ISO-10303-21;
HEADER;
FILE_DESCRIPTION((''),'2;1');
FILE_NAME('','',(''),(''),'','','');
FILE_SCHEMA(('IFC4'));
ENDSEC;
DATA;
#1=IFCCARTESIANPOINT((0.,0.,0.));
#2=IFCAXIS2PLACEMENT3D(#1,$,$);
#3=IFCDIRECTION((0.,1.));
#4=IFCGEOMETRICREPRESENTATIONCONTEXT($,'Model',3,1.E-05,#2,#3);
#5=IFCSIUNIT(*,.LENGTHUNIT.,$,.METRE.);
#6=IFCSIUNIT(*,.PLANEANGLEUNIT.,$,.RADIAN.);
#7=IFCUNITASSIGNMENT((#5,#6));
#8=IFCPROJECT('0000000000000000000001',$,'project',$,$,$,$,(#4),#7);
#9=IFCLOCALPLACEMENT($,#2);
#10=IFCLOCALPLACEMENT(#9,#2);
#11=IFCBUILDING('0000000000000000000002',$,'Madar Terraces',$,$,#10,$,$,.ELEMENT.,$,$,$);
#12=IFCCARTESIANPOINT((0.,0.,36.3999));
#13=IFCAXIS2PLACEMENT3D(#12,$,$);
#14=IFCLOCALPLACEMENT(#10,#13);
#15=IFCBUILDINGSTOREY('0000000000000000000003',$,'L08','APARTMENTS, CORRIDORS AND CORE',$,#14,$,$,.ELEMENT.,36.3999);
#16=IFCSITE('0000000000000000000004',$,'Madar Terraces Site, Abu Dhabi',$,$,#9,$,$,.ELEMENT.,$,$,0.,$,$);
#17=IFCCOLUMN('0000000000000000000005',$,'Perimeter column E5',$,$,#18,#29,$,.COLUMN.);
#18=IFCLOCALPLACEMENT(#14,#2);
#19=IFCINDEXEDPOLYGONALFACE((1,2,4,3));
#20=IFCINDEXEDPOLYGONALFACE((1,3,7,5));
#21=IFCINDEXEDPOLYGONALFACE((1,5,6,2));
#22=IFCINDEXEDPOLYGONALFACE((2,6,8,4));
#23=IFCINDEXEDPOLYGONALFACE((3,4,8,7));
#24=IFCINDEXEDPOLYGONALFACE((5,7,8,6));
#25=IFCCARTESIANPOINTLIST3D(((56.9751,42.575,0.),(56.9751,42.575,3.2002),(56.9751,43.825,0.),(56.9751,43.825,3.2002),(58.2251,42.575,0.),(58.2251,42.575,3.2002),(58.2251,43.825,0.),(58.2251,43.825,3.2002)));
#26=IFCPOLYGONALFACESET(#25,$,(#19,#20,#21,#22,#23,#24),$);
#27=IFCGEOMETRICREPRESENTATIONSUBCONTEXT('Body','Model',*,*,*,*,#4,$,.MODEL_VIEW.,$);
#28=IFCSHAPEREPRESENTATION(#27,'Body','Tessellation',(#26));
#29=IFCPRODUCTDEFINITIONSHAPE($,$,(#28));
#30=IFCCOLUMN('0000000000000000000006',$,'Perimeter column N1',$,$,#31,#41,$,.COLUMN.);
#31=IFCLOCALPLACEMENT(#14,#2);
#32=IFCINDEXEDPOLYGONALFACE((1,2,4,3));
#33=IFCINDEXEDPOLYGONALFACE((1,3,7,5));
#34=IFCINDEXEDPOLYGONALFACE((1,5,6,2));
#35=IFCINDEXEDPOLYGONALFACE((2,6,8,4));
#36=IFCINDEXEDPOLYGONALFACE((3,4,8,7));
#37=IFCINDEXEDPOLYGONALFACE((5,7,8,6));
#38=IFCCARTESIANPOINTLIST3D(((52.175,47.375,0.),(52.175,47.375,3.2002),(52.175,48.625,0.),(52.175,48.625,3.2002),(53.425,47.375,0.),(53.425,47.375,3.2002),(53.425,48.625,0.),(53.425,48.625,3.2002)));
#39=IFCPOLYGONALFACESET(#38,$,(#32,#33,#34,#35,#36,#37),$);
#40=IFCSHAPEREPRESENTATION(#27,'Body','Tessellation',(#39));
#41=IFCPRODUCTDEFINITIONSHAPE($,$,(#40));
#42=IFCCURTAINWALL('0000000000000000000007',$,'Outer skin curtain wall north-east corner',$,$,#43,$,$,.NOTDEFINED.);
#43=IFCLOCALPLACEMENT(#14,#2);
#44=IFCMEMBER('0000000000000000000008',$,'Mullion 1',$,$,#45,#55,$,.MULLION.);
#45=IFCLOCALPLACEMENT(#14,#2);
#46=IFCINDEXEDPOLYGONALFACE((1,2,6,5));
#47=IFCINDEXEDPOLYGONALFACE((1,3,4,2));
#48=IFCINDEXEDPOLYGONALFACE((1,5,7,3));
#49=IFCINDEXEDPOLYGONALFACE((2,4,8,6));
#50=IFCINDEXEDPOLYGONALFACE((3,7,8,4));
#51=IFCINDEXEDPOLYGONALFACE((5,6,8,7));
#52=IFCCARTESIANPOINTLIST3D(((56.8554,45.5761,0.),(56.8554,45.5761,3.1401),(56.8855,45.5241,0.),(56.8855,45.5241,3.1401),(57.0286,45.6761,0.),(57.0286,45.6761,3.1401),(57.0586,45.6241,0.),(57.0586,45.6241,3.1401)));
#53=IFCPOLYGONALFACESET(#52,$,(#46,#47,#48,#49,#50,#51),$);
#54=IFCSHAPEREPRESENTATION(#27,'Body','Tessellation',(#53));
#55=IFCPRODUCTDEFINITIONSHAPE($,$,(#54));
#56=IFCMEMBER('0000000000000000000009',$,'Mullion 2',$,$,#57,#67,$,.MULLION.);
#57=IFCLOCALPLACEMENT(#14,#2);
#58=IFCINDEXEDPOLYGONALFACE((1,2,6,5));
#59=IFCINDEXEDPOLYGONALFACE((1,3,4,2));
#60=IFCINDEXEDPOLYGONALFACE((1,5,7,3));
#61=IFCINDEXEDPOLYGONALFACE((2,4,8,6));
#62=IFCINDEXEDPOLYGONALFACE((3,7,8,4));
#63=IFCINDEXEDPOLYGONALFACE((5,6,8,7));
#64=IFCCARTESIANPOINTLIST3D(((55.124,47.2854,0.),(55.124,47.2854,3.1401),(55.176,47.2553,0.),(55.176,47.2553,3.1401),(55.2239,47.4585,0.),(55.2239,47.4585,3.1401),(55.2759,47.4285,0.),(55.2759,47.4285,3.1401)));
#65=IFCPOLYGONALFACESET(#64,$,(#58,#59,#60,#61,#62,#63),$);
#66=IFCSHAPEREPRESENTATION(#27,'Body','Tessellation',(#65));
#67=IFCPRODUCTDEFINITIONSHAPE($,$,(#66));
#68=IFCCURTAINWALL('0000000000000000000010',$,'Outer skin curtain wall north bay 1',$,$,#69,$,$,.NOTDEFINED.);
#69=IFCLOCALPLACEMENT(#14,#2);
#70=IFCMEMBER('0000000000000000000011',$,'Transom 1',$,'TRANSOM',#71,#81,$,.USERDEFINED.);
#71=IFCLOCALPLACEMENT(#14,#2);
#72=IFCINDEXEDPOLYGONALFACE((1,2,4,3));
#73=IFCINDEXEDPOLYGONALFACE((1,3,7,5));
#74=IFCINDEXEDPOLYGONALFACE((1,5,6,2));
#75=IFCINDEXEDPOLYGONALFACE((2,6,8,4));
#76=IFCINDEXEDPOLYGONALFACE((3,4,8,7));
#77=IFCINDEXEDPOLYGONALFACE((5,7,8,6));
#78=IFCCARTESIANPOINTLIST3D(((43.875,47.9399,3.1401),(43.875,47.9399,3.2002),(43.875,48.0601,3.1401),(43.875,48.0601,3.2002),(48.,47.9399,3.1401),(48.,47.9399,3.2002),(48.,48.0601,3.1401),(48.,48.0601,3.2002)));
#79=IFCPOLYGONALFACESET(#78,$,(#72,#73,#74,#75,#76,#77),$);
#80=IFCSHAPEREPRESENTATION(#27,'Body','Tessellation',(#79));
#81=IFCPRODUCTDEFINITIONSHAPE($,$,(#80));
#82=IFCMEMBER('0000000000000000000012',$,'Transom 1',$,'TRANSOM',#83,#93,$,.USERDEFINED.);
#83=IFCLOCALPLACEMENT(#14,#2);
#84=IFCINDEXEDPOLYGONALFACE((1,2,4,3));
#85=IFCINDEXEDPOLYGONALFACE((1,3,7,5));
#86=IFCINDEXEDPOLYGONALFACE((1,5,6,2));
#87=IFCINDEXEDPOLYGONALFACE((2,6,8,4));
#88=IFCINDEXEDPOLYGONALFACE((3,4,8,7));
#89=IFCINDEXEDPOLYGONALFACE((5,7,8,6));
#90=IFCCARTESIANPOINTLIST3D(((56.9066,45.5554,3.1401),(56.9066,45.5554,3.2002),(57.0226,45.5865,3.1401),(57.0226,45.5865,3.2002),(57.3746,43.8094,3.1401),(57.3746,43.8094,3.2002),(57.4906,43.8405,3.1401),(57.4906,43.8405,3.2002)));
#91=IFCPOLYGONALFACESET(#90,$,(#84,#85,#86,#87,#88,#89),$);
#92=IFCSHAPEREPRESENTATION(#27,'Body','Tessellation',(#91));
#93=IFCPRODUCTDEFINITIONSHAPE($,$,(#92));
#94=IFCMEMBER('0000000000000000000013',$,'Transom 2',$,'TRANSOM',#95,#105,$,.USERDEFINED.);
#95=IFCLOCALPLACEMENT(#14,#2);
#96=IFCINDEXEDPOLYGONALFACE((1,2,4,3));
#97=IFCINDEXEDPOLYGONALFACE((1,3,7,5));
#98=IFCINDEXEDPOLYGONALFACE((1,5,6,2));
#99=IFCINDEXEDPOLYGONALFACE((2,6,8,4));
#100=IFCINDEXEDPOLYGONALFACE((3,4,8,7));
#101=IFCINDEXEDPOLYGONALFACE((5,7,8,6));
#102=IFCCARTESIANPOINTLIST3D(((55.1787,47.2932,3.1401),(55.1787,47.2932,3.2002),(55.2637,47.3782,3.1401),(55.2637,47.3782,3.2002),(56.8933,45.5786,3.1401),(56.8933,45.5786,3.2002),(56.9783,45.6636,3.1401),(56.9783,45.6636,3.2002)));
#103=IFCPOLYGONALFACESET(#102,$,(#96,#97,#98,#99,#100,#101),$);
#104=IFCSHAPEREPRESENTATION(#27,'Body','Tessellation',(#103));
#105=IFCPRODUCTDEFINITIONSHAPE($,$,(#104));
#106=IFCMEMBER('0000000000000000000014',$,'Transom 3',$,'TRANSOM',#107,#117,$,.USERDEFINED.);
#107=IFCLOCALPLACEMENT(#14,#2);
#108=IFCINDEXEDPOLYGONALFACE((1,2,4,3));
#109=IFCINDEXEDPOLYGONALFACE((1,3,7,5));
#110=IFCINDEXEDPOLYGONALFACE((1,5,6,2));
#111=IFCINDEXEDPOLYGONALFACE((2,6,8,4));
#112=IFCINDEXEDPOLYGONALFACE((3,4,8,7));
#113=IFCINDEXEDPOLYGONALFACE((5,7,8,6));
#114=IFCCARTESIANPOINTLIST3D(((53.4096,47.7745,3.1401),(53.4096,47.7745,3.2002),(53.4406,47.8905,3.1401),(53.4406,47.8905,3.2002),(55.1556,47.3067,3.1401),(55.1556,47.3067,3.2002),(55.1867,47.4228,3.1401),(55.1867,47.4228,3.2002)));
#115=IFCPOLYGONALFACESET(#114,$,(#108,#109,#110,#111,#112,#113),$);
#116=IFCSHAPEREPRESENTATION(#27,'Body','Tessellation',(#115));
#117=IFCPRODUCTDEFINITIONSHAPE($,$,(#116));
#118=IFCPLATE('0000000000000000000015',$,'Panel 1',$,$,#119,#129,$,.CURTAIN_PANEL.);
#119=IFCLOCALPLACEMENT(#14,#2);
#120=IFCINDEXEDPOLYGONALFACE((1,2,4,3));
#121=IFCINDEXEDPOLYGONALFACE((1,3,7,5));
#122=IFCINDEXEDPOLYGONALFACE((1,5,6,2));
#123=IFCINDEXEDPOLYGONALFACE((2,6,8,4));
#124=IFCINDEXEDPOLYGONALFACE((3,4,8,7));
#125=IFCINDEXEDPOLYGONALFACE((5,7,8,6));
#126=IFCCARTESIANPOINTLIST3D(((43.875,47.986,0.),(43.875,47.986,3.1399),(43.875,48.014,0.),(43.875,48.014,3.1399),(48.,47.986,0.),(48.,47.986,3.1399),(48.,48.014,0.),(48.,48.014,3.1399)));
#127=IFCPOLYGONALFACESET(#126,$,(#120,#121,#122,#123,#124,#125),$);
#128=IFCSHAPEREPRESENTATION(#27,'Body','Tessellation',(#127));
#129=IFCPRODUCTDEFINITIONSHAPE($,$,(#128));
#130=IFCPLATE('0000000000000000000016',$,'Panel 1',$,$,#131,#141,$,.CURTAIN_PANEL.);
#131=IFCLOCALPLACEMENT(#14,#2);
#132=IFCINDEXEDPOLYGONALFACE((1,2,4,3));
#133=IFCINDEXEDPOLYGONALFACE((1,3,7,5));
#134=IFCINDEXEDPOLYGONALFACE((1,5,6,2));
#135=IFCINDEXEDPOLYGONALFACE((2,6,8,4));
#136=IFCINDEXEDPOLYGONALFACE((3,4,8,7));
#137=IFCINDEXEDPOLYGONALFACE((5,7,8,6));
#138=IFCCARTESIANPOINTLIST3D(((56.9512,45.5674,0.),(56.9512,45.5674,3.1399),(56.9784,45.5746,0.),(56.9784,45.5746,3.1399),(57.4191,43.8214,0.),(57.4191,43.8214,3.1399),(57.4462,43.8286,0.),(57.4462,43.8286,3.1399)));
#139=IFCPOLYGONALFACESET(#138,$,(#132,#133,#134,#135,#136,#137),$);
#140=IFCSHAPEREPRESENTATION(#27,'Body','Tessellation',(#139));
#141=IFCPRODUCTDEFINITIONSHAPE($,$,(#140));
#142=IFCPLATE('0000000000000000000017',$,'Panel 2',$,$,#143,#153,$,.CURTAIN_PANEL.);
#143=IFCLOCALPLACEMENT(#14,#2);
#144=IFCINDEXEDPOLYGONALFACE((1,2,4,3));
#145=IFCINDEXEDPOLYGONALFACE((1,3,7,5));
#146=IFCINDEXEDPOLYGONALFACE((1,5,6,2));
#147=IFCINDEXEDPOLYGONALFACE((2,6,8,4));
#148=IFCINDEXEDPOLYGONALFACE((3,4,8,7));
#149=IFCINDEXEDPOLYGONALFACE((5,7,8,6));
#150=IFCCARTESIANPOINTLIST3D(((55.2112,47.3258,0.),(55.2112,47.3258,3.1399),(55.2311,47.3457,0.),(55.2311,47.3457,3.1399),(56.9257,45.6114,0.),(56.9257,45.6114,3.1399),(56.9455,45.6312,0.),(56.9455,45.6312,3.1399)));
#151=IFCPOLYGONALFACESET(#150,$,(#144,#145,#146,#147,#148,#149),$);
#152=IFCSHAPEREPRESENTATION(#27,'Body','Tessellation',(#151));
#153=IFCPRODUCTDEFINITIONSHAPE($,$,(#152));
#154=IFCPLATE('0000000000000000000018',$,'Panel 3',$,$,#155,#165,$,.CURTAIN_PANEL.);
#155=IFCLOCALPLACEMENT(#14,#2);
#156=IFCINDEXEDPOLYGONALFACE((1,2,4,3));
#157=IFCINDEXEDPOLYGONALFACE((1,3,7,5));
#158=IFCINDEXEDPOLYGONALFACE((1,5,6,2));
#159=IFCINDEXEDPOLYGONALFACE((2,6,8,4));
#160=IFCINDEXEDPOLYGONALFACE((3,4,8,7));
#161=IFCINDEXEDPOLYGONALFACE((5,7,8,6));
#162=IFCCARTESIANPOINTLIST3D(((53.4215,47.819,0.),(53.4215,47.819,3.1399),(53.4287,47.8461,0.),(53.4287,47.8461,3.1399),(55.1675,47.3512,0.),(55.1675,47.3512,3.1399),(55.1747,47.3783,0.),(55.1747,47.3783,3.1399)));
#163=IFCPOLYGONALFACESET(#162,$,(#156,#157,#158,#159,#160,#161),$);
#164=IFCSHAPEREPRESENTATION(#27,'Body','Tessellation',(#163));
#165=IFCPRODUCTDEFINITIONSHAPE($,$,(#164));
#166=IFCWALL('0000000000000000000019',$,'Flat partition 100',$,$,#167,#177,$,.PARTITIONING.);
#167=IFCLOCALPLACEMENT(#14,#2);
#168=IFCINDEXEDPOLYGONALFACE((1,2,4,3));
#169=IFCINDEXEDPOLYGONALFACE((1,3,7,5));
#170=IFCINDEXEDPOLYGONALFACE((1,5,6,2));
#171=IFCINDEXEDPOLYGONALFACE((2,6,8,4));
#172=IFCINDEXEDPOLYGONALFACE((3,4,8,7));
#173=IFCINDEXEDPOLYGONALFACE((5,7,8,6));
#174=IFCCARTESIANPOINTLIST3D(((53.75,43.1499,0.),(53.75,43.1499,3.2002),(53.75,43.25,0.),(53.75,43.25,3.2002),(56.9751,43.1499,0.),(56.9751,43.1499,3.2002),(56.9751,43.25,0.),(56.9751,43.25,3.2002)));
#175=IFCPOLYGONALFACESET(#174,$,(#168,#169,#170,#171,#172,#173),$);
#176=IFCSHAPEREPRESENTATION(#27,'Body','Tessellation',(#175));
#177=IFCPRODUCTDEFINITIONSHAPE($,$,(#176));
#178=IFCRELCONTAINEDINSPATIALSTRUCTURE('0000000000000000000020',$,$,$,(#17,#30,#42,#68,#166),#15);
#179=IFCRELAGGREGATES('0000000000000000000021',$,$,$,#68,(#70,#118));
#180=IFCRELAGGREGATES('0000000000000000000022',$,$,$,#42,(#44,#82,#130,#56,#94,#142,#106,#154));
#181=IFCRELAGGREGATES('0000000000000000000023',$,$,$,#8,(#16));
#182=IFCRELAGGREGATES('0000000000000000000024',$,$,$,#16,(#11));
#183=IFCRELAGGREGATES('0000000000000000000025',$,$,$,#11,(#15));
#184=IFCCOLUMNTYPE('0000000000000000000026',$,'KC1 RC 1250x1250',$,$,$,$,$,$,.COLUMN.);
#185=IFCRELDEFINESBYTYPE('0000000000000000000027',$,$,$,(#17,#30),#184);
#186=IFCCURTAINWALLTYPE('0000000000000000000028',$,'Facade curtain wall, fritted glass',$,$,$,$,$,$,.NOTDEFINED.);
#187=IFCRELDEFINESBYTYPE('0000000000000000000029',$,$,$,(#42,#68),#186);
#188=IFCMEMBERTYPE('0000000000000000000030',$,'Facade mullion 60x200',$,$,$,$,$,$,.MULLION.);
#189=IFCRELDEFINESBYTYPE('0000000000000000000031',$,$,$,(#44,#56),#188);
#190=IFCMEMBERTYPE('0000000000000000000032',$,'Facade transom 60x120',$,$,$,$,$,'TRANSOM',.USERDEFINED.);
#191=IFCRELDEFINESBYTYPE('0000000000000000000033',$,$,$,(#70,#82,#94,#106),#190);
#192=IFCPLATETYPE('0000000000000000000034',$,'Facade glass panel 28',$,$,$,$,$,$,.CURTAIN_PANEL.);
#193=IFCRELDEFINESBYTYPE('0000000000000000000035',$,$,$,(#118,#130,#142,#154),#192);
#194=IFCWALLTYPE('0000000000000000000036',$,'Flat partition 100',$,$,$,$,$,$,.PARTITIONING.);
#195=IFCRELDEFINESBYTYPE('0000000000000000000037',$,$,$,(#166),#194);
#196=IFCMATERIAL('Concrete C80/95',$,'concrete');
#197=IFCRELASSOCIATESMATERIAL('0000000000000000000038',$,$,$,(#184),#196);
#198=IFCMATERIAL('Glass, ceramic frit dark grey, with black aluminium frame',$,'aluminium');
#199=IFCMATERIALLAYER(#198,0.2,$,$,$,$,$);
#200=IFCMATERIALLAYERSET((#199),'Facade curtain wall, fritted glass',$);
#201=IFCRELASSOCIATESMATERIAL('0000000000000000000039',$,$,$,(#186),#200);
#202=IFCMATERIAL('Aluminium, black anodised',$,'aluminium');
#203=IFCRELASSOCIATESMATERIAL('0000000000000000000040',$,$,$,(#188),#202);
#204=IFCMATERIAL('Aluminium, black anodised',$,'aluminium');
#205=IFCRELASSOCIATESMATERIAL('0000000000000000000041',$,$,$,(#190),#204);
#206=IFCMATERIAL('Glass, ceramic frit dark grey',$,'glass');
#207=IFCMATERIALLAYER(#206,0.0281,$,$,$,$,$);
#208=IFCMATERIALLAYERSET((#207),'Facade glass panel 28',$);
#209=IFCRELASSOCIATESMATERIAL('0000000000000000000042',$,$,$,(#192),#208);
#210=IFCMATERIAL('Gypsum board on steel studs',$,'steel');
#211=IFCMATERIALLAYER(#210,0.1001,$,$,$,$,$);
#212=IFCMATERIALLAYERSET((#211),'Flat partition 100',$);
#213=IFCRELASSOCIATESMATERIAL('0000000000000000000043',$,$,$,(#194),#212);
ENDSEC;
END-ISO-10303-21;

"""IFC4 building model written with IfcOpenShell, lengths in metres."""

from ifc_helpers import new_model, si_unit, direction, frame, frame_2d, origin, origin_2d, place, context, subcontext, project, spatial, rectangle, extrude, material, layer, layer_set, material_profile, profile_set, type_object, element, aggregate, save


model = new_model("IFC4")

# Units and contexts
model_context = context("Model", 3, precision=1e-05, world=origin(), true_north=direction((0.0, 1.0)))
body_context = subcontext(model_context, "Body", "Model", "MODEL_VIEW")
ifc_project = project(units=[si_unit("LENGTHUNIT", "METRE"), si_unit("PLANEANGLEUNIT", "RADIAN")], contexts=[model_context])

# Site, building, storey
site_placement = place(None, origin())
site = spatial("IfcSite", under=ifc_project, at=site_placement, Name="Madar Terraces Site, Abu Dhabi", CompositionType="ELEMENT", RefElevation=0.0)
building_placement = place(site_placement, origin())
building = spatial("IfcBuilding", under=site, at=building_placement, Name="Madar Terraces", CompositionType="ELEMENT")
storey_placement = place(building_placement, frame((0.0, 0.0, 36.3999)))
storey = spatial("IfcBuildingStorey", under=building, at=storey_placement, Name="L08", Description="APARTMENTS, CORRIDORS AND CORE", CompositionType="ELEMENT", Elevation=36.3999)

# Columns
ifc_material_1 = material(Name="Concrete C80/95", Category="concrete")
ifc_material_profile_1 = material_profile(ifc_material_1, rectangle(XDim=1.25, YDim=1.25, at=origin_2d()), Name="KC1 RC 1250x1250")
ifc_profile_set_1 = profile_set([ifc_material_profile_1], Name="Concrete C80/95")
column_type = type_object("IfcColumnType", Name="KC1 RC 1250x1250", PredefinedType="COLUMN", material=ifc_profile_set_1)
for number, where, z_axis, x_axis, name in (
    (1, (57.6001, 43.2, 0.0), (0.0, 0.0, 1.0), (1.0, 0.0, 0.0), "Perimeter column E5"),
    (2, (52.8, 48.0, 0.0), (0.0, 0.0, 1.0), (1.0, 0.0, 0.0), "Perimeter column N1"),
):
    element("IfcColumn", number, at=place(storey_placement, frame(where, z_axis=z_axis, x_axis=x_axis)), inside=storey, type_object=column_type, Name=name, PredefinedType="COLUMN", context=body_context, shape_type="SweptSolid", body=[
        extrude(rectangle(XDim=1.25, YDim=1.25, at=origin_2d()), origin(), (0.0, 0.0, 1.0), 3.2002),
    ])

# Curtain wall, members
ifc_material_2 = material(Name="Glass, ceramic frit dark grey, with black aluminium frame", Category="aluminium")
ifc_layer_1 = layer(ifc_material_2, 0.2)
ifc_layer_set_1 = layer_set([ifc_layer_1], Name="Facade curtain wall, fritted glass")
curtain_wall_type = type_object("IfcCurtainWallType", Name="Facade curtain wall, fritted glass", PredefinedType="NOTDEFINED", material=ifc_layer_set_1)
curtain_wall_1_placement = place(storey_placement, origin())
curtain_wall_1 = element("IfcCurtainWall", 3, at=curtain_wall_1_placement, inside=storey, type_object=curtain_wall_type, Name="Outer skin curtain wall north-east corner", PredefinedType="NOTDEFINED")
ifc_material_3 = material(Name="Aluminium, black anodised", Category="aluminium")
ifc_material_profile_2 = material_profile(ifc_material_3, rectangle(XDim=0.2, YDim=0.0601, at=origin_2d()), Name="Facade mullion 60x200")
ifc_profile_set_2 = profile_set([ifc_material_profile_2], Name="Aluminium, black anodised")
member_type_1 = type_object("IfcMemberType", Name="Facade mullion 60x200", PredefinedType="MULLION", material=ifc_profile_set_2)
member_1_placement = place(storey_placement, frame((56.957, 45.6001, 0.0), z_axis=(0.0, 0.0, 1.0), x_axis=(-0.866025, -0.5, 0.0)))
member_1 = element("IfcMember", 4, at=member_1_placement, type_object=member_type_1, Name="Mullion 1", PredefinedType="MULLION", context=body_context, shape_type="SweptSolid", body=[
    extrude(rectangle(XDim=0.2, YDim=0.0601, at=origin_2d()), origin(), (0.0, 0.0, 1.0), 3.1401),
])
member_2_placement = place(storey_placement, frame((55.2, 47.3569, 0.0), z_axis=(0.0, 0.0, 1.0), x_axis=(-0.5, -0.866025, 0.0)))
member_2 = element("IfcMember", 5, at=member_2_placement, type_object=member_type_1, Name="Mullion 2", PredefinedType="MULLION", context=body_context, shape_type="SweptSolid", body=[
    extrude(rectangle(XDim=0.2, YDim=0.0601, at=origin_2d()), origin(), (0.0, 0.0, 1.0), 3.1401),
])

# Curtain wall, member
curtain_wall_2_placement = place(storey_placement, origin())
curtain_wall_2 = element("IfcCurtainWall", 6, at=curtain_wall_2_placement, inside=storey, type_object=curtain_wall_type, Name="Outer skin curtain wall north bay 1", PredefinedType="NOTDEFINED")
ifc_material_4 = material(Name="Aluminium, black anodised", Category="aluminium")
ifc_material_profile_3 = material_profile(ifc_material_4, rectangle(XDim=0.1201, YDim=0.0601, at=origin_2d()), Name="Facade transom 60x120")
ifc_profile_set_3 = profile_set([ifc_material_profile_3], Name="Aluminium, black anodised")
member_type_2 = type_object("IfcMemberType", Name="Facade transom 60x120", ElementType="TRANSOM", PredefinedType="USERDEFINED", material=ifc_profile_set_3)
member_3_placement = place(storey_placement, frame((48.0, 48.0, 3.1702), z_axis=(-1.0, 0.0, 0.0), x_axis=(0.0, -1.0, 0.0)))
member_3 = element("IfcMember", 7, at=member_3_placement, type_object=member_type_2, Name="Transom 1", ObjectType="TRANSOM", PredefinedType="USERDEFINED", context=body_context, shape_type="SweptSolid", body=[
    extrude(rectangle(XDim=0.1201, YDim=0.0601, at=origin_2d()), origin(), (0.0, 0.0, 1.0), 4.125),
])

# Members
member_4_placement = place(storey_placement, frame((57.4326, 43.825, 3.1702), z_axis=(-0.258898, 0.965905, 0.0), x_axis=(-0.965905, -0.258898, 0.0)))
member_4 = element("IfcMember", 8, at=member_4_placement, type_object=member_type_2, Name="Transom 1", ObjectType="TRANSOM", PredefinedType="USERDEFINED", context=body_context, shape_type="SweptSolid", body=[
    extrude(rectangle(XDim=0.1201, YDim=0.0601, at=origin_2d()), origin(), (0.0, 0.0, 1.0), 1.8076),
])
member_5_placement = place(storey_placement, frame((56.9358, 45.6211, 3.1702), z_axis=(-0.707107, 0.707107, 0.0), x_axis=(-0.707107, -0.707107, 0.0)))
member_5 = element("IfcMember", 9, at=member_5_placement, type_object=member_type_2, Name="Transom 2", ObjectType="TRANSOM", PredefinedType="USERDEFINED", context=body_context, shape_type="SweptSolid", body=[
    extrude(rectangle(XDim=0.1201, YDim=0.0601, at=origin_2d()), origin(), (0.0, 0.0, 1.0), 2.4248),
])
member_6_placement = place(storey_placement, frame((55.1711, 47.3647, 3.1702), z_axis=(-0.965938, 0.258772, 0.0), x_axis=(-0.258772, -0.965938, 0.0)))
member_6 = element("IfcMember", 10, at=member_6_placement, type_object=member_type_2, Name="Transom 3", ObjectType="TRANSOM", PredefinedType="USERDEFINED", context=body_context, shape_type="SweptSolid", body=[
    extrude(rectangle(XDim=0.1201, YDim=0.0601, at=origin_2d()), origin(), (0.0, 0.0, 1.0), 1.8076),
])

# Plates
ifc_material_5 = material(Name="Glass, ceramic frit dark grey", Category="glass")
ifc_layer_2 = layer(ifc_material_5, 0.0281)
ifc_layer_set_2 = layer_set([ifc_layer_2], Name="Facade glass panel 28")
plate_type = type_object("IfcPlateType", Name="Facade glass panel 28", PredefinedType="CURTAIN_PANEL", material=ifc_layer_set_2)
plate_1_placement = place(storey_placement, frame((45.9375, 48.0, 0.0), z_axis=(0.0, 0.0, 1.0), x_axis=(-1.0, 0.0, 0.0)))
plate_1 = element("IfcPlate", 11, at=plate_1_placement, type_object=plate_type, Name="Panel 1", PredefinedType="CURTAIN_PANEL", context=body_context, shape_type="SweptSolid", body=[
    extrude(rectangle(XDim=4.125, YDim=0.0281, at=origin_2d()), origin(), (0.0, 0.0, 1.0), 3.1399),
])
aggregate(curtain_wall_2, [member_3, plate_1])
plate_2_placement = place(storey_placement, frame((57.1987, 44.698, 0.0), z_axis=(0.0, 0.0, 1.0), x_axis=(-0.258819, 0.965926, 0.0)))
plate_2 = element("IfcPlate", 12, at=plate_2_placement, type_object=plate_type, Name="Panel 1", PredefinedType="CURTAIN_PANEL", context=body_context, shape_type="SweptSolid", body=[
    extrude(rectangle(XDim=1.8076, YDim=0.0281, at=origin_2d()), origin(), (0.0, 0.0, 1.0), 3.1399),
])
plate_3_placement = place(storey_placement, frame((56.0784, 46.4785, 0.0), z_axis=(0.0, 0.0, 1.0), x_axis=(-0.707107, 0.707107, 0.0)))
plate_3 = element("IfcPlate", 13, at=plate_3_placement, type_object=plate_type, Name="Panel 2", PredefinedType="CURTAIN_PANEL", context=body_context, shape_type="SweptSolid", body=[
    extrude(rectangle(XDim=2.4246, YDim=0.0281, at=origin_2d()), origin(), (0.0, 0.0, 1.0), 3.1399),
])
plate_4_placement = place(storey_placement, frame((54.2981, 47.5986, 0.0), z_axis=(0.0, 0.0, 1.0), x_axis=(-0.965926, 0.258819, 0.0)))
plate_4 = element("IfcPlate", 14, at=plate_4_placement, type_object=plate_type, Name="Panel 3", PredefinedType="CURTAIN_PANEL", context=body_context, shape_type="SweptSolid", body=[
    extrude(rectangle(XDim=1.8076, YDim=0.0281, at=origin_2d()), origin(), (0.0, 0.0, 1.0), 3.1399),
])
aggregate(curtain_wall_1, [member_1, member_4, plate_2, member_2, member_5, plate_3, member_6, plate_4])

# Wall
ifc_material_6 = material(Name="Gypsum board on steel studs", Category="steel")
ifc_layer_3 = layer(ifc_material_6, 0.1001)
ifc_layer_set_3 = layer_set([ifc_layer_3], Name="Flat partition 100")
wall_type_1 = type_object("IfcWallType", Name="Flat partition 100", PredefinedType="PARTITIONING", material=ifc_layer_set_3)
wall_1_placement = place(storey_placement, frame((53.75, 43.2, 0.0), z_axis=(0.0, 0.0, 1.0), x_axis=(1.0, 0.0, 0.0)))
element("IfcWall", 15, at=wall_1_placement, inside=storey, type_object=wall_type_1, Name="Flat partition 100", PredefinedType="PARTITIONING", context=body_context, shape_type="SweptSolid", body=[
    extrude(rectangle(XDim=3.2251, YDim=0.1001, at=frame_2d((1.6125, 0.0))), origin(), (0.0, 0.0, 1.0), 3.2002),
])

save(model, "model.ifc")
